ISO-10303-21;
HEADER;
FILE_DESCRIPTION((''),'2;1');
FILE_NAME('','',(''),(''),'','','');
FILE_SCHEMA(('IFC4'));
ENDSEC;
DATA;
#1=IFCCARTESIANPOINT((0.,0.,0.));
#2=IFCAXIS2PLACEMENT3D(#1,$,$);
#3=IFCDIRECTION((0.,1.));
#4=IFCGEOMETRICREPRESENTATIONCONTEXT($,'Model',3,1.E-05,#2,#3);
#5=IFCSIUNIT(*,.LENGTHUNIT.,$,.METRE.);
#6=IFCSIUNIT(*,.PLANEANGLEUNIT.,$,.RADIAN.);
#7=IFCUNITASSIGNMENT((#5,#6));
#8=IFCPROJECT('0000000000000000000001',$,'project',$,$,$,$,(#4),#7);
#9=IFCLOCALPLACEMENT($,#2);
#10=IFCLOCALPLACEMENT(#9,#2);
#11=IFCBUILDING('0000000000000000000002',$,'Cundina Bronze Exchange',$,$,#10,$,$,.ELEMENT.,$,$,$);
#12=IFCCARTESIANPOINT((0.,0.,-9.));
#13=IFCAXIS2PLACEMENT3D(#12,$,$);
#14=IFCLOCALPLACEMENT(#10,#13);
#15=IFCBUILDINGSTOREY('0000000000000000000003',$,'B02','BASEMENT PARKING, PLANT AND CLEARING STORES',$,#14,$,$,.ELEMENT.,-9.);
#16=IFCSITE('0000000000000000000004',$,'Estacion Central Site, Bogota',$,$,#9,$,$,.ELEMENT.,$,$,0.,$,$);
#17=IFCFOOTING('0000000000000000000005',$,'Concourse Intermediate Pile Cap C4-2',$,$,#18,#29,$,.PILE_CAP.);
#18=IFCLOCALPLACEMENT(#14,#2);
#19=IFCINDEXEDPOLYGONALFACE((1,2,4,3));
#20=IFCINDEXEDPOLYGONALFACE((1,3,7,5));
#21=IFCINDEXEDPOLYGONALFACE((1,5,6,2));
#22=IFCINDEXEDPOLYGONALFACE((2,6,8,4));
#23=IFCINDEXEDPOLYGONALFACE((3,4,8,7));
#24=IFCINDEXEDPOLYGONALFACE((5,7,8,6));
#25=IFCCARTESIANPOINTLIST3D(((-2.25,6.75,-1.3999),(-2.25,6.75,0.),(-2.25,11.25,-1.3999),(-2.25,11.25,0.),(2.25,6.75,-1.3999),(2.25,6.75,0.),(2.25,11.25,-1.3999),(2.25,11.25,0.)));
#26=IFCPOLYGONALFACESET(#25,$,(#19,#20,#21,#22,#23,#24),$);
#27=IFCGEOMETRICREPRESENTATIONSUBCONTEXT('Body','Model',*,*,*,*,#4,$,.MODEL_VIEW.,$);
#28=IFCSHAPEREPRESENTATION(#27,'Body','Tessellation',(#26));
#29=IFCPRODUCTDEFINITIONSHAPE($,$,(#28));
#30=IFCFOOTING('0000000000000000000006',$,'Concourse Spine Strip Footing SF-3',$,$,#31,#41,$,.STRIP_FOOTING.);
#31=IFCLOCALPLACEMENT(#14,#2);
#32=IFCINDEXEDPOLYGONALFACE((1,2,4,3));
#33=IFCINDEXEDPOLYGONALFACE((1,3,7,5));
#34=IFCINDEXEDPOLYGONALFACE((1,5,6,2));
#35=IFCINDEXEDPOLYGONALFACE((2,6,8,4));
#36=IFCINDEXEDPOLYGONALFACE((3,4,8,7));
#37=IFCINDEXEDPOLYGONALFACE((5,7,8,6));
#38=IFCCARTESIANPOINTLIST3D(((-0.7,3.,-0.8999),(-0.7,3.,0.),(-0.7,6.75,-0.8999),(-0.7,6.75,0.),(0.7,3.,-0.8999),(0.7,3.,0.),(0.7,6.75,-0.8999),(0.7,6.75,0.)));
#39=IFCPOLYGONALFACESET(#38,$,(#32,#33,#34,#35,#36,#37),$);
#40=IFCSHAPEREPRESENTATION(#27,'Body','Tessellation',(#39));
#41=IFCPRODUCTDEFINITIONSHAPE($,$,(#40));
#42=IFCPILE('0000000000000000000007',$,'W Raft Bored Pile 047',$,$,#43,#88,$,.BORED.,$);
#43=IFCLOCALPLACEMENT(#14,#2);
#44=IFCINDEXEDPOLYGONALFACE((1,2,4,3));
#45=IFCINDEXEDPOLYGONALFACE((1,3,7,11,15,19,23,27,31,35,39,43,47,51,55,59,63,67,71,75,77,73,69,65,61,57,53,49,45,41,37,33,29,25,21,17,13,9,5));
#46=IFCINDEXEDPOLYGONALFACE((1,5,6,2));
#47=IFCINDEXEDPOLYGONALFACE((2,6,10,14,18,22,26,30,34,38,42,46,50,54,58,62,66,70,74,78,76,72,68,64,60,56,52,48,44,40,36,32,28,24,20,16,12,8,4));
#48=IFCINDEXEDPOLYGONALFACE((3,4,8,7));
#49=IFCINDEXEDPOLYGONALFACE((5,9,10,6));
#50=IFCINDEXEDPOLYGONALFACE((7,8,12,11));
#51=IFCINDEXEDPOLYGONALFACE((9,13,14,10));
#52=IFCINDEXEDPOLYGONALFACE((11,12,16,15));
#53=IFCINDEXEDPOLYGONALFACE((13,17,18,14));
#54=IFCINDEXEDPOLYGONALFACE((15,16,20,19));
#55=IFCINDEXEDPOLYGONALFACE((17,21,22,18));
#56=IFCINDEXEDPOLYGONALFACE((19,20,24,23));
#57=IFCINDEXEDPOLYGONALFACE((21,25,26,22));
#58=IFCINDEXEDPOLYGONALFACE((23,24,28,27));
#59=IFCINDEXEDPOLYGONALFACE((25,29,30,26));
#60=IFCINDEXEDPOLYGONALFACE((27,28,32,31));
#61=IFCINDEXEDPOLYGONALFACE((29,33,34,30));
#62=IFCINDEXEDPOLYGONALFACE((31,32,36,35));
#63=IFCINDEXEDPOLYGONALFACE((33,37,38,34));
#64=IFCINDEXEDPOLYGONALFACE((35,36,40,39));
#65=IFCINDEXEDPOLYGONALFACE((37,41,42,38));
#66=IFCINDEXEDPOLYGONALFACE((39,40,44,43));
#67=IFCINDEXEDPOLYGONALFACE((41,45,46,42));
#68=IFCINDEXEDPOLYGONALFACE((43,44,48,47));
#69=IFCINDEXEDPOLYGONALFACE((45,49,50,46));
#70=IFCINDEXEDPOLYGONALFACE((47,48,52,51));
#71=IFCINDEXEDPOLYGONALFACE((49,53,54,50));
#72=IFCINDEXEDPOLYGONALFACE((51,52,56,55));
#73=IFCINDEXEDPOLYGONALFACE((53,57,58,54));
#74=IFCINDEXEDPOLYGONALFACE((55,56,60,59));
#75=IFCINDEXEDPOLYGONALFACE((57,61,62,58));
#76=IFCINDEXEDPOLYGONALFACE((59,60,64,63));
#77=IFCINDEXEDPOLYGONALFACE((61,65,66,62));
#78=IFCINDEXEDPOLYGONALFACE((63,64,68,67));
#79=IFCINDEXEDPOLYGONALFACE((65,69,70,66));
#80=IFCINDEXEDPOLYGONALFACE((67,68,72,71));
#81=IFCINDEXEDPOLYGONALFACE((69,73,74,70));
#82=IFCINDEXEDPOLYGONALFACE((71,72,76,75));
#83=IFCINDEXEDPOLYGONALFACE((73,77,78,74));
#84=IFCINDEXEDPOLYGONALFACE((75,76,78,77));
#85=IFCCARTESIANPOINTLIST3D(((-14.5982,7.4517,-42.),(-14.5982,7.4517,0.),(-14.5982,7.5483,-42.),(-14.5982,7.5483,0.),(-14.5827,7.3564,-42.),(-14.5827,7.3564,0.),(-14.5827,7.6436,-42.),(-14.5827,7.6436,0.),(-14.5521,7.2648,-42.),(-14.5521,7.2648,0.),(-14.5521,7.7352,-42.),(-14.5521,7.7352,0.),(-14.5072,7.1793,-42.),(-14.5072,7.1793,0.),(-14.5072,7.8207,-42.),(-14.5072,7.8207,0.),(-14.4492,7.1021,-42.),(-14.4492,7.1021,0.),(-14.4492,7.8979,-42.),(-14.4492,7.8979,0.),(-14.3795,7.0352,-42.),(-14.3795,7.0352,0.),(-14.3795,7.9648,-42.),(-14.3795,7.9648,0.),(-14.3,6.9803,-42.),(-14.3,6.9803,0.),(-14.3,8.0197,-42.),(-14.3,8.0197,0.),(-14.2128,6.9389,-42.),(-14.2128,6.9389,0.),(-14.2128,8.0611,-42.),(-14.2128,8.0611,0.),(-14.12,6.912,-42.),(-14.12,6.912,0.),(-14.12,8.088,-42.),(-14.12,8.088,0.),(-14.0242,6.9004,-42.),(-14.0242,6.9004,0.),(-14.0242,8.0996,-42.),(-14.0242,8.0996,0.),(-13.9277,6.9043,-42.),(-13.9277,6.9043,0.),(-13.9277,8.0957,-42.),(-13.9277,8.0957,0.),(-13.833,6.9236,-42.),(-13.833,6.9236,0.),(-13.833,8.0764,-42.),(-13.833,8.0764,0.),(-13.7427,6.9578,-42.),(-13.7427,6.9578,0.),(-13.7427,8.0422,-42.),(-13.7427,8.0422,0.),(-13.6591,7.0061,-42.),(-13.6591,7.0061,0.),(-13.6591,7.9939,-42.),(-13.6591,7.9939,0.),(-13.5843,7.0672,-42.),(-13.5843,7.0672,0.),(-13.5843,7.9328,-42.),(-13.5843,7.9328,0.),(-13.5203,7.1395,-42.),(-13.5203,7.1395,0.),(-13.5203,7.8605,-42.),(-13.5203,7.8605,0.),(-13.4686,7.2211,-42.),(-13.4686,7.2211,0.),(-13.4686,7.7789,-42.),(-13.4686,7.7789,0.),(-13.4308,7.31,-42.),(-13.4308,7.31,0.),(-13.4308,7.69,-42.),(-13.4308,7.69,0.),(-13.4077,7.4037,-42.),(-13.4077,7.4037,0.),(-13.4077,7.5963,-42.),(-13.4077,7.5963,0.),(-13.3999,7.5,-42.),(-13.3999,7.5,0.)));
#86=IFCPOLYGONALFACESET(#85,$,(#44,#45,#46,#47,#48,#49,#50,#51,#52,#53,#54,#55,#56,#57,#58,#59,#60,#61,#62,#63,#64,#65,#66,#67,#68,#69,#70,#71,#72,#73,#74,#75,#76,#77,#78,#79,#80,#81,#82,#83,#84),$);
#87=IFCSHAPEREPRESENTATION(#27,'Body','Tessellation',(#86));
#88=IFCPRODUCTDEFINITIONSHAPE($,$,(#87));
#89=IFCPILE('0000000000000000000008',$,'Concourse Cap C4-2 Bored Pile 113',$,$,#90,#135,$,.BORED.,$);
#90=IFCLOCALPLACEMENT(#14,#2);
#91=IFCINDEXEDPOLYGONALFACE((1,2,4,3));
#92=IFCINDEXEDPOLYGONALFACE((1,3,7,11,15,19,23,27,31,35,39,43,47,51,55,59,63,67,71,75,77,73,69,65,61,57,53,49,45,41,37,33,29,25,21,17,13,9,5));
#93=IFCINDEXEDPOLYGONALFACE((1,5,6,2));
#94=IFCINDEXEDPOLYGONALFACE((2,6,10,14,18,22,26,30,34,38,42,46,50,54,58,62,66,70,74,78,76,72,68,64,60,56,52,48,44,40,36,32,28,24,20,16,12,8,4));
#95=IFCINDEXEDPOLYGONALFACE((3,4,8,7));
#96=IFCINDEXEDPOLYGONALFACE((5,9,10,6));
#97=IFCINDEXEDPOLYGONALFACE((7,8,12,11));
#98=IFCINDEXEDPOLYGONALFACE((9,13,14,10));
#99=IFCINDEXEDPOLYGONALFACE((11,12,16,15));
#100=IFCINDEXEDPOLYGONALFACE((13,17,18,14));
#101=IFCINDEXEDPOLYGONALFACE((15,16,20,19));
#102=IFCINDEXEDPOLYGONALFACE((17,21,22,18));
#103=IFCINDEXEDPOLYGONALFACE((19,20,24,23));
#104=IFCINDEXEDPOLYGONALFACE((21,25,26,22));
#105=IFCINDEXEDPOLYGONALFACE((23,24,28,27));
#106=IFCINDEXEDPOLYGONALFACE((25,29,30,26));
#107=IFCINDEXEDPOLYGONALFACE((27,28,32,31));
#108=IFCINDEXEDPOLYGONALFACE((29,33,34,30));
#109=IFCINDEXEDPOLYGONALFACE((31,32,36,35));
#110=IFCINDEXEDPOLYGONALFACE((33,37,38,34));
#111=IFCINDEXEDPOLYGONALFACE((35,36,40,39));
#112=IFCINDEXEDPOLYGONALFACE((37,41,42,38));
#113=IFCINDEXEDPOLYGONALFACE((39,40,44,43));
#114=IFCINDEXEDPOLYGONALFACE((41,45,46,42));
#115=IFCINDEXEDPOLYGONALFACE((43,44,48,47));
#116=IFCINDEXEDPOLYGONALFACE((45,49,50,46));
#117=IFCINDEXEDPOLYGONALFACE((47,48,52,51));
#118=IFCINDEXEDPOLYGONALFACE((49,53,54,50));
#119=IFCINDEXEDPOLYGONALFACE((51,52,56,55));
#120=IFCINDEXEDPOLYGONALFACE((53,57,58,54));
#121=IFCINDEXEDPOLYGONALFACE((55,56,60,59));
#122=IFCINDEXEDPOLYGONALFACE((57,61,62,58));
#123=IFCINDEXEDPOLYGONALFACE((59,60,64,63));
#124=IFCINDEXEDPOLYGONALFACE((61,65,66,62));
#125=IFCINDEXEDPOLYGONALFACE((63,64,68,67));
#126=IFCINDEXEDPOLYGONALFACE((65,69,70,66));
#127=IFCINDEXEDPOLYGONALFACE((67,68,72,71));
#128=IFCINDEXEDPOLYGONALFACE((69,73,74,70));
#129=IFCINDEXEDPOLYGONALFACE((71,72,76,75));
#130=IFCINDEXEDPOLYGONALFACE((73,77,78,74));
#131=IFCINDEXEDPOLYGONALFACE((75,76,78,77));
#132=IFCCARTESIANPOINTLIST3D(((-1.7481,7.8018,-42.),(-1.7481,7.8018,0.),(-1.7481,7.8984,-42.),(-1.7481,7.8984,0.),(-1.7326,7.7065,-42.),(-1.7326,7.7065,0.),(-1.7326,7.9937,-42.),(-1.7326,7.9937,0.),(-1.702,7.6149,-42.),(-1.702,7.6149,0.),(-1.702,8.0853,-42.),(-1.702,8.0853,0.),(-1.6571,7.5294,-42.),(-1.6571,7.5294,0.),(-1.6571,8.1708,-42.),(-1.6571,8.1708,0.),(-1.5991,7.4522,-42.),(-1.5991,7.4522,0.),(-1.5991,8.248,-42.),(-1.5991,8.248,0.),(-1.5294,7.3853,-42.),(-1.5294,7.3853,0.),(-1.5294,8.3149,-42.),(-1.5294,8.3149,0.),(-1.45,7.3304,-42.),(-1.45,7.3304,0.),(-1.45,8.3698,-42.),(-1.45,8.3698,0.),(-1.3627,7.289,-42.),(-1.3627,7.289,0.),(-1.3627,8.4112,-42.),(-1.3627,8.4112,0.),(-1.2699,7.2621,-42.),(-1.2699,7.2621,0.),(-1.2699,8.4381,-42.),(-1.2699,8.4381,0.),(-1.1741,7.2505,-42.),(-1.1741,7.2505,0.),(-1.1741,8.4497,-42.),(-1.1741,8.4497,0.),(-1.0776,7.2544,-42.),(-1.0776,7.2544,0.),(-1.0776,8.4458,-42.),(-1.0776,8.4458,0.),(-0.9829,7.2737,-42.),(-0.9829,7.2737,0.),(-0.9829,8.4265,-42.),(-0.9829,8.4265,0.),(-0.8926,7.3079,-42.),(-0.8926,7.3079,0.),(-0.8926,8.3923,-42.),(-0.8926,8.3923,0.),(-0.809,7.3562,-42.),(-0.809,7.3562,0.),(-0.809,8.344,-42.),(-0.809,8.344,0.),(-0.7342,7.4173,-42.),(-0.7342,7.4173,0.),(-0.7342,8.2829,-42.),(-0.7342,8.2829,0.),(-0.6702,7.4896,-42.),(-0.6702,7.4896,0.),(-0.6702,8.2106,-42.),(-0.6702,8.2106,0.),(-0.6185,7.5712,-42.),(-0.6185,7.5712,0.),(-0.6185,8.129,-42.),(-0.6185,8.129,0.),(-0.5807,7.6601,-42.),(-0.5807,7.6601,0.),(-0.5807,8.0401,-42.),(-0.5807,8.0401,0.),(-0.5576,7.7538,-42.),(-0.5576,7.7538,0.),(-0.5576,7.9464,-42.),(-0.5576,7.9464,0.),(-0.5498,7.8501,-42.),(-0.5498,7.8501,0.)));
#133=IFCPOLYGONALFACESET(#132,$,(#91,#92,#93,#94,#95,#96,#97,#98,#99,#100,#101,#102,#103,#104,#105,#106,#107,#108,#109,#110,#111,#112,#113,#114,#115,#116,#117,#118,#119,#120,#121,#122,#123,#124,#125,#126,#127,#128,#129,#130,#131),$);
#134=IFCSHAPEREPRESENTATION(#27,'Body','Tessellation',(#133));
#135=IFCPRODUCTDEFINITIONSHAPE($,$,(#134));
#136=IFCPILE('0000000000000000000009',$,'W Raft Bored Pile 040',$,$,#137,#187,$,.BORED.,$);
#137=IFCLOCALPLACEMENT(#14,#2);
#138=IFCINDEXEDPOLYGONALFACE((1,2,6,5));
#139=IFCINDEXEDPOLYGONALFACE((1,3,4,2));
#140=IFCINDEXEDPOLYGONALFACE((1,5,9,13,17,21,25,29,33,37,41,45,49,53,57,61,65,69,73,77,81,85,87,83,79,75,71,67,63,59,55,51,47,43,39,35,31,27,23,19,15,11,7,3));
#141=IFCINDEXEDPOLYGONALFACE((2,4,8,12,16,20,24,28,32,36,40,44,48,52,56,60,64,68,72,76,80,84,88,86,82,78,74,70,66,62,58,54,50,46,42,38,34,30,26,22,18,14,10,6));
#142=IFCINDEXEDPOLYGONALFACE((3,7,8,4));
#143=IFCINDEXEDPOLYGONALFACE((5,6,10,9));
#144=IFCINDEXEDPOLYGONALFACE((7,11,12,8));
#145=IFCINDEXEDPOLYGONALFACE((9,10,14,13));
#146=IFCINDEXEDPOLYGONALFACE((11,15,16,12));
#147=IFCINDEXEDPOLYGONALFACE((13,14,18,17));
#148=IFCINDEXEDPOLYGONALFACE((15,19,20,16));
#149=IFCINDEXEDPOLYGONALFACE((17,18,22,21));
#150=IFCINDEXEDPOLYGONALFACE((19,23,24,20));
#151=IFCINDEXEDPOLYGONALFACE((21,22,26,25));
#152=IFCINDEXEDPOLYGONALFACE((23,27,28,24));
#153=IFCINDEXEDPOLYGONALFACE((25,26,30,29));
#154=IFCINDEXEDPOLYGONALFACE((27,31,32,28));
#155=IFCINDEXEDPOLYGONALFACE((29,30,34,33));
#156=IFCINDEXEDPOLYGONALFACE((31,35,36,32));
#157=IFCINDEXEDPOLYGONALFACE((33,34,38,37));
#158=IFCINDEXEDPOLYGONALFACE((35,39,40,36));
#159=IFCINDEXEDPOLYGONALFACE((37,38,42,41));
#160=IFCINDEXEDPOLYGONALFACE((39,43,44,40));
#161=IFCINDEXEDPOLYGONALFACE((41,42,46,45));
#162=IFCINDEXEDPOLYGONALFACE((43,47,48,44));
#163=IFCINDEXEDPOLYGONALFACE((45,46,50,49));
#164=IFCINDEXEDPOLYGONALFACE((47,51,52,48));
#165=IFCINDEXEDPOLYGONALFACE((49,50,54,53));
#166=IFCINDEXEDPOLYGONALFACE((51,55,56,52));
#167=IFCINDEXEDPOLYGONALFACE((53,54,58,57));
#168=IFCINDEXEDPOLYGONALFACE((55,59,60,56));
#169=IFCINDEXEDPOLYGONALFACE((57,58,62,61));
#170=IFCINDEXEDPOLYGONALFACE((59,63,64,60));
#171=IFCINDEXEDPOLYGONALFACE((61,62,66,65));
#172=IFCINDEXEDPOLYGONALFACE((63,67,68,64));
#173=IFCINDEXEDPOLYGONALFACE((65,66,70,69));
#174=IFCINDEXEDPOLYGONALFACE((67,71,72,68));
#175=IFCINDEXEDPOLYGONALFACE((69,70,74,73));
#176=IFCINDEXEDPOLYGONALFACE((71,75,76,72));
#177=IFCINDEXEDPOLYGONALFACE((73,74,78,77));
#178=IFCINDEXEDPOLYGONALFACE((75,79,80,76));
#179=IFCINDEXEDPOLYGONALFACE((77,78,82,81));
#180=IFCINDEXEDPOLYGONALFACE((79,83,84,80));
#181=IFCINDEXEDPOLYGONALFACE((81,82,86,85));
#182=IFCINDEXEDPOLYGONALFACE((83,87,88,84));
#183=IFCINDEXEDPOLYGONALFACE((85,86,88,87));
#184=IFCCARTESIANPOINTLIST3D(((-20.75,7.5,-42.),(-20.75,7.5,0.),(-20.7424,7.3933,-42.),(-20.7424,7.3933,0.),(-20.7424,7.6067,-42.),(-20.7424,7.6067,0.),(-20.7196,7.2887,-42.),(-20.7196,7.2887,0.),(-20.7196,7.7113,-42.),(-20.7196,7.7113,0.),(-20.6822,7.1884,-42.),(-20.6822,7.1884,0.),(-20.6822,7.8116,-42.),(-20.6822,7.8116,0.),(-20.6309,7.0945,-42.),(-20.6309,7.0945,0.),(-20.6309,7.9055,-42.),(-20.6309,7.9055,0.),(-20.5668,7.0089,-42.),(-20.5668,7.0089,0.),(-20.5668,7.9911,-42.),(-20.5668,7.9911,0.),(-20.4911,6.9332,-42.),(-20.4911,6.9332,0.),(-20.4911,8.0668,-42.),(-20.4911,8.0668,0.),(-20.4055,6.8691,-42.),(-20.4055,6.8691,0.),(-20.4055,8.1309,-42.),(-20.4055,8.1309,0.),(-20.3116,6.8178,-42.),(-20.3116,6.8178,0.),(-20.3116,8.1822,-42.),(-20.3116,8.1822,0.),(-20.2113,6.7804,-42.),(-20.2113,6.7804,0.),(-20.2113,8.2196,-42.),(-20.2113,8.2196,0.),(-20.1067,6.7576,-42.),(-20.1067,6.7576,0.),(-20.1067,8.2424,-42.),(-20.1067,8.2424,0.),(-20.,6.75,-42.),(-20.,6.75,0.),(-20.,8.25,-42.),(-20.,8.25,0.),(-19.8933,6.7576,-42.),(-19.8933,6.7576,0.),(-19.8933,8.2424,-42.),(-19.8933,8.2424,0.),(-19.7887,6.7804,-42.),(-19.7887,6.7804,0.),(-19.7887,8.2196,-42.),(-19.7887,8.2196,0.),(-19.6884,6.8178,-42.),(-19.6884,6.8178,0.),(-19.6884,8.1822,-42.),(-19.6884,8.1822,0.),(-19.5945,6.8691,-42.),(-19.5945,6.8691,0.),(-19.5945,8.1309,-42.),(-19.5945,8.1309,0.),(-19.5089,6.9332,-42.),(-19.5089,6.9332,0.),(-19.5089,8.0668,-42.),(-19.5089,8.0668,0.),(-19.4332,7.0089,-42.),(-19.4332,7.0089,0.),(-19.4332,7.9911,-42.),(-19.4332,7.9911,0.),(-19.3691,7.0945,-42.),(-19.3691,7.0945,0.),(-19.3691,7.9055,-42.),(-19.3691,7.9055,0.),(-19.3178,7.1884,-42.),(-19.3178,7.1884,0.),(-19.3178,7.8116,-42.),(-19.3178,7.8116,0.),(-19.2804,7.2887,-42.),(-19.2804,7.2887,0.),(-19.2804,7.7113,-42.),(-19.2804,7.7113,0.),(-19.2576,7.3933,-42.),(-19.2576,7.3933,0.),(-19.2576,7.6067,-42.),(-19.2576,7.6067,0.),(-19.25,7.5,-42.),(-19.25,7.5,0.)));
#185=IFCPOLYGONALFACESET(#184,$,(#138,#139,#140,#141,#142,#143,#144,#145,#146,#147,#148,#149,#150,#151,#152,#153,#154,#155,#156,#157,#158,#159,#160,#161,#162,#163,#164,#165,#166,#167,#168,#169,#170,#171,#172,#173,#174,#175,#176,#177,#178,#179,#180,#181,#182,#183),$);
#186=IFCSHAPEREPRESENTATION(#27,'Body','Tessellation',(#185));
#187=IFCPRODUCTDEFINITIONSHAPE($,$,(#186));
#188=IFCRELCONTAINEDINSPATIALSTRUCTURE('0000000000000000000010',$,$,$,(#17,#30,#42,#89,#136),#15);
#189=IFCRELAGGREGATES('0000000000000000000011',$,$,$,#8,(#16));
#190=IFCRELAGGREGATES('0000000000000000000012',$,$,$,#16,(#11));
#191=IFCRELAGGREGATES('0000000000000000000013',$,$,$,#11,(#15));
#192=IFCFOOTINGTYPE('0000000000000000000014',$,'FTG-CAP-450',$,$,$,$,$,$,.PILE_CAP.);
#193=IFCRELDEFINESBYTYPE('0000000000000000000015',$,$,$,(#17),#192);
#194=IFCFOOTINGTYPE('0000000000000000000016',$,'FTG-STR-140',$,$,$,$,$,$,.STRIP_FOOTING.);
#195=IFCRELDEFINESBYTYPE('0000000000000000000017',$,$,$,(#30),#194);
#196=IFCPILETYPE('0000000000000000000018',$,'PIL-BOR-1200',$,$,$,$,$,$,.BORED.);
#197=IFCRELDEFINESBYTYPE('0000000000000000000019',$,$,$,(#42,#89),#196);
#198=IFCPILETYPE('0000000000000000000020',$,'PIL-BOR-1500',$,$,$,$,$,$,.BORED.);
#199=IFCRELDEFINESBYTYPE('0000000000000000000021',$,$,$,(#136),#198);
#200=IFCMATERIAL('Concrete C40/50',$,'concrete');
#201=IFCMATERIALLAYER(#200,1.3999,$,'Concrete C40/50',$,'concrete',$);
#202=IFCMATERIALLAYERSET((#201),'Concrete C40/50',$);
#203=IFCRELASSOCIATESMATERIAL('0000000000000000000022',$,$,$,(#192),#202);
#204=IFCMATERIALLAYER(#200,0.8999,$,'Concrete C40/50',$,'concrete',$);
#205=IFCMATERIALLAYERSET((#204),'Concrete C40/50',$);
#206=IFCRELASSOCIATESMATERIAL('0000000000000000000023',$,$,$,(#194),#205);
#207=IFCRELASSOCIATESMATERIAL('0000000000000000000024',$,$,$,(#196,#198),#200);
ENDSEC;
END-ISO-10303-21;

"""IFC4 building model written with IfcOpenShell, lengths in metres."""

from ifc_helpers import new_model, si_unit, direction, frame, origin, origin_2d, place, context, subcontext, project, spatial, rectangle, circle, extrude, material, layer, layer_set, material_profile, profile_set, type_object, element, save


model = new_model("IFC4")

# Units and contexts
model_context = context("Model", 3, precision=1e-05, world=origin(), true_north=direction((0.0, 1.0)))
body_context = subcontext(model_context, "Body", "Model", "MODEL_VIEW")
ifc_project = project(units=[si_unit("LENGTHUNIT", "METRE"), si_unit("PLANEANGLEUNIT", "RADIAN")], contexts=[model_context])

# Site, building, storey
site_placement = place(None, origin())
site = spatial("IfcSite", under=ifc_project, at=site_placement, Name="Estacion Central Site, Bogota", CompositionType="ELEMENT", RefElevation=0.0)
building_placement = place(site_placement, origin())
building = spatial("IfcBuilding", under=site, at=building_placement, Name="Cundina Bronze Exchange", CompositionType="ELEMENT")
storey_placement = place(building_placement, frame((0.0, 0.0, -9.0)))
storey = spatial("IfcBuildingStorey", under=building, at=storey_placement, Name="B02", Description="BASEMENT PARKING, PLANT AND CLEARING STORES", CompositionType="ELEMENT", Elevation=-9.0)

# Footings
ifc_material_1 = material(Name="Concrete C40/50", Category="concrete")
ifc_layer_1 = layer(ifc_material_1, 1.3999, Name="Concrete C40/50", Category="concrete")
ifc_layer_set_1 = layer_set([ifc_layer_1], Name="Concrete C40/50")
footing_type_1 = type_object("IfcFootingType", Name="FTG-CAP-450", PredefinedType="PILE_CAP", material=ifc_layer_set_1)
footing_1_placement = place(storey_placement, frame((0.0, 9.0, -1.3999), z_axis=(0.0, 0.0, 1.0), x_axis=(1.0, 0.0, 0.0)))
element("IfcFooting", 1, at=footing_1_placement, inside=storey, type_object=footing_type_1, Name="Concourse Intermediate Pile Cap C4-2", PredefinedType="PILE_CAP", context=body_context, shape_type="SweptSolid", body=[
    extrude(rectangle(XDim=4.5, YDim=4.5, at=origin_2d()), origin(), (0.0, 0.0, 1.0), 1.3999),
])
ifc_layer_2 = layer(ifc_material_1, 0.8999, Name="Concrete C40/50", Category="concrete")
ifc_layer_set_2 = layer_set([ifc_layer_2], Name="Concrete C40/50")
footing_type_2 = type_object("IfcFootingType", Name="FTG-STR-140", PredefinedType="STRIP_FOOTING", material=ifc_layer_set_2)
footing_2_placement = place(storey_placement, frame((0.0, 4.875, -0.8999), z_axis=(0.0, 0.0, 1.0), x_axis=(1.0, 0.0, 0.0)))
element("IfcFooting", 2, at=footing_2_placement, inside=storey, type_object=footing_type_2, Name="Concourse Spine Strip Footing SF-3", PredefinedType="STRIP_FOOTING", context=body_context, shape_type="SweptSolid", body=[
    extrude(rectangle(XDim=1.3999, YDim=3.75, at=origin_2d()), origin(), (0.0, 0.0, 1.0), 0.8999),
])

# Piles
ifc_material_profile_1 = material_profile(ifc_material_1, circle(Radius=0.6001, at=origin_2d()), Name="PILE1200D", Category="concrete")
ifc_profile_set_1 = profile_set([ifc_material_profile_1], Name="Concrete C40/50")
pile_type_1 = type_object("IfcPileType", Name="PIL-BOR-1200", PredefinedType="BORED", material=ifc_profile_set_1)
for number, where, z_axis, x_axis, name in (
    (3, (-14.0, 7.5, 0.0), (0.0, 0.0, -1.0), (1.0, 0.0, 0.0), "W Raft Bored Pile 047"),
    (4, (-1.1499, 7.8501, 0.0), (0.0, 0.0, -1.0), (1.0, 0.0, 0.0), "Concourse Cap C4-2 Bored Pile 113"),
):
    element("IfcPile", number, at=place(storey_placement, frame(where, z_axis=z_axis, x_axis=x_axis)), inside=storey, type_object=pile_type_1, Name=name, PredefinedType="BORED", context=body_context, shape_type="SweptSolid", body=[
        extrude(circle(Radius=0.6001, at=origin_2d()), origin(), (0.0, 0.0, 1.0), 42.0),
    ])
ifc_material_profile_2 = material_profile(ifc_material_1, circle(Radius=0.75, at=origin_2d()), Name="PILE1500D", Category="concrete")
ifc_profile_set_2 = profile_set([ifc_material_profile_2], Name="Concrete C40/50")
pile_type_2 = type_object("IfcPileType", Name="PIL-BOR-1500", PredefinedType="BORED", material=ifc_profile_set_2)
pile_placement = place(storey_placement, frame((-20.0, 7.5, 0.0), z_axis=(0.0, 0.0, -1.0), x_axis=(1.0, 0.0, 0.0)))
element("IfcPile", 5, at=pile_placement, inside=storey, type_object=pile_type_2, Name="W Raft Bored Pile 040", PredefinedType="BORED", context=body_context, shape_type="SweptSolid", body=[
    extrude(circle(Radius=0.75, at=origin_2d()), origin(), (0.0, 0.0, 1.0), 42.0),
])

save(model, "model.ifc")
